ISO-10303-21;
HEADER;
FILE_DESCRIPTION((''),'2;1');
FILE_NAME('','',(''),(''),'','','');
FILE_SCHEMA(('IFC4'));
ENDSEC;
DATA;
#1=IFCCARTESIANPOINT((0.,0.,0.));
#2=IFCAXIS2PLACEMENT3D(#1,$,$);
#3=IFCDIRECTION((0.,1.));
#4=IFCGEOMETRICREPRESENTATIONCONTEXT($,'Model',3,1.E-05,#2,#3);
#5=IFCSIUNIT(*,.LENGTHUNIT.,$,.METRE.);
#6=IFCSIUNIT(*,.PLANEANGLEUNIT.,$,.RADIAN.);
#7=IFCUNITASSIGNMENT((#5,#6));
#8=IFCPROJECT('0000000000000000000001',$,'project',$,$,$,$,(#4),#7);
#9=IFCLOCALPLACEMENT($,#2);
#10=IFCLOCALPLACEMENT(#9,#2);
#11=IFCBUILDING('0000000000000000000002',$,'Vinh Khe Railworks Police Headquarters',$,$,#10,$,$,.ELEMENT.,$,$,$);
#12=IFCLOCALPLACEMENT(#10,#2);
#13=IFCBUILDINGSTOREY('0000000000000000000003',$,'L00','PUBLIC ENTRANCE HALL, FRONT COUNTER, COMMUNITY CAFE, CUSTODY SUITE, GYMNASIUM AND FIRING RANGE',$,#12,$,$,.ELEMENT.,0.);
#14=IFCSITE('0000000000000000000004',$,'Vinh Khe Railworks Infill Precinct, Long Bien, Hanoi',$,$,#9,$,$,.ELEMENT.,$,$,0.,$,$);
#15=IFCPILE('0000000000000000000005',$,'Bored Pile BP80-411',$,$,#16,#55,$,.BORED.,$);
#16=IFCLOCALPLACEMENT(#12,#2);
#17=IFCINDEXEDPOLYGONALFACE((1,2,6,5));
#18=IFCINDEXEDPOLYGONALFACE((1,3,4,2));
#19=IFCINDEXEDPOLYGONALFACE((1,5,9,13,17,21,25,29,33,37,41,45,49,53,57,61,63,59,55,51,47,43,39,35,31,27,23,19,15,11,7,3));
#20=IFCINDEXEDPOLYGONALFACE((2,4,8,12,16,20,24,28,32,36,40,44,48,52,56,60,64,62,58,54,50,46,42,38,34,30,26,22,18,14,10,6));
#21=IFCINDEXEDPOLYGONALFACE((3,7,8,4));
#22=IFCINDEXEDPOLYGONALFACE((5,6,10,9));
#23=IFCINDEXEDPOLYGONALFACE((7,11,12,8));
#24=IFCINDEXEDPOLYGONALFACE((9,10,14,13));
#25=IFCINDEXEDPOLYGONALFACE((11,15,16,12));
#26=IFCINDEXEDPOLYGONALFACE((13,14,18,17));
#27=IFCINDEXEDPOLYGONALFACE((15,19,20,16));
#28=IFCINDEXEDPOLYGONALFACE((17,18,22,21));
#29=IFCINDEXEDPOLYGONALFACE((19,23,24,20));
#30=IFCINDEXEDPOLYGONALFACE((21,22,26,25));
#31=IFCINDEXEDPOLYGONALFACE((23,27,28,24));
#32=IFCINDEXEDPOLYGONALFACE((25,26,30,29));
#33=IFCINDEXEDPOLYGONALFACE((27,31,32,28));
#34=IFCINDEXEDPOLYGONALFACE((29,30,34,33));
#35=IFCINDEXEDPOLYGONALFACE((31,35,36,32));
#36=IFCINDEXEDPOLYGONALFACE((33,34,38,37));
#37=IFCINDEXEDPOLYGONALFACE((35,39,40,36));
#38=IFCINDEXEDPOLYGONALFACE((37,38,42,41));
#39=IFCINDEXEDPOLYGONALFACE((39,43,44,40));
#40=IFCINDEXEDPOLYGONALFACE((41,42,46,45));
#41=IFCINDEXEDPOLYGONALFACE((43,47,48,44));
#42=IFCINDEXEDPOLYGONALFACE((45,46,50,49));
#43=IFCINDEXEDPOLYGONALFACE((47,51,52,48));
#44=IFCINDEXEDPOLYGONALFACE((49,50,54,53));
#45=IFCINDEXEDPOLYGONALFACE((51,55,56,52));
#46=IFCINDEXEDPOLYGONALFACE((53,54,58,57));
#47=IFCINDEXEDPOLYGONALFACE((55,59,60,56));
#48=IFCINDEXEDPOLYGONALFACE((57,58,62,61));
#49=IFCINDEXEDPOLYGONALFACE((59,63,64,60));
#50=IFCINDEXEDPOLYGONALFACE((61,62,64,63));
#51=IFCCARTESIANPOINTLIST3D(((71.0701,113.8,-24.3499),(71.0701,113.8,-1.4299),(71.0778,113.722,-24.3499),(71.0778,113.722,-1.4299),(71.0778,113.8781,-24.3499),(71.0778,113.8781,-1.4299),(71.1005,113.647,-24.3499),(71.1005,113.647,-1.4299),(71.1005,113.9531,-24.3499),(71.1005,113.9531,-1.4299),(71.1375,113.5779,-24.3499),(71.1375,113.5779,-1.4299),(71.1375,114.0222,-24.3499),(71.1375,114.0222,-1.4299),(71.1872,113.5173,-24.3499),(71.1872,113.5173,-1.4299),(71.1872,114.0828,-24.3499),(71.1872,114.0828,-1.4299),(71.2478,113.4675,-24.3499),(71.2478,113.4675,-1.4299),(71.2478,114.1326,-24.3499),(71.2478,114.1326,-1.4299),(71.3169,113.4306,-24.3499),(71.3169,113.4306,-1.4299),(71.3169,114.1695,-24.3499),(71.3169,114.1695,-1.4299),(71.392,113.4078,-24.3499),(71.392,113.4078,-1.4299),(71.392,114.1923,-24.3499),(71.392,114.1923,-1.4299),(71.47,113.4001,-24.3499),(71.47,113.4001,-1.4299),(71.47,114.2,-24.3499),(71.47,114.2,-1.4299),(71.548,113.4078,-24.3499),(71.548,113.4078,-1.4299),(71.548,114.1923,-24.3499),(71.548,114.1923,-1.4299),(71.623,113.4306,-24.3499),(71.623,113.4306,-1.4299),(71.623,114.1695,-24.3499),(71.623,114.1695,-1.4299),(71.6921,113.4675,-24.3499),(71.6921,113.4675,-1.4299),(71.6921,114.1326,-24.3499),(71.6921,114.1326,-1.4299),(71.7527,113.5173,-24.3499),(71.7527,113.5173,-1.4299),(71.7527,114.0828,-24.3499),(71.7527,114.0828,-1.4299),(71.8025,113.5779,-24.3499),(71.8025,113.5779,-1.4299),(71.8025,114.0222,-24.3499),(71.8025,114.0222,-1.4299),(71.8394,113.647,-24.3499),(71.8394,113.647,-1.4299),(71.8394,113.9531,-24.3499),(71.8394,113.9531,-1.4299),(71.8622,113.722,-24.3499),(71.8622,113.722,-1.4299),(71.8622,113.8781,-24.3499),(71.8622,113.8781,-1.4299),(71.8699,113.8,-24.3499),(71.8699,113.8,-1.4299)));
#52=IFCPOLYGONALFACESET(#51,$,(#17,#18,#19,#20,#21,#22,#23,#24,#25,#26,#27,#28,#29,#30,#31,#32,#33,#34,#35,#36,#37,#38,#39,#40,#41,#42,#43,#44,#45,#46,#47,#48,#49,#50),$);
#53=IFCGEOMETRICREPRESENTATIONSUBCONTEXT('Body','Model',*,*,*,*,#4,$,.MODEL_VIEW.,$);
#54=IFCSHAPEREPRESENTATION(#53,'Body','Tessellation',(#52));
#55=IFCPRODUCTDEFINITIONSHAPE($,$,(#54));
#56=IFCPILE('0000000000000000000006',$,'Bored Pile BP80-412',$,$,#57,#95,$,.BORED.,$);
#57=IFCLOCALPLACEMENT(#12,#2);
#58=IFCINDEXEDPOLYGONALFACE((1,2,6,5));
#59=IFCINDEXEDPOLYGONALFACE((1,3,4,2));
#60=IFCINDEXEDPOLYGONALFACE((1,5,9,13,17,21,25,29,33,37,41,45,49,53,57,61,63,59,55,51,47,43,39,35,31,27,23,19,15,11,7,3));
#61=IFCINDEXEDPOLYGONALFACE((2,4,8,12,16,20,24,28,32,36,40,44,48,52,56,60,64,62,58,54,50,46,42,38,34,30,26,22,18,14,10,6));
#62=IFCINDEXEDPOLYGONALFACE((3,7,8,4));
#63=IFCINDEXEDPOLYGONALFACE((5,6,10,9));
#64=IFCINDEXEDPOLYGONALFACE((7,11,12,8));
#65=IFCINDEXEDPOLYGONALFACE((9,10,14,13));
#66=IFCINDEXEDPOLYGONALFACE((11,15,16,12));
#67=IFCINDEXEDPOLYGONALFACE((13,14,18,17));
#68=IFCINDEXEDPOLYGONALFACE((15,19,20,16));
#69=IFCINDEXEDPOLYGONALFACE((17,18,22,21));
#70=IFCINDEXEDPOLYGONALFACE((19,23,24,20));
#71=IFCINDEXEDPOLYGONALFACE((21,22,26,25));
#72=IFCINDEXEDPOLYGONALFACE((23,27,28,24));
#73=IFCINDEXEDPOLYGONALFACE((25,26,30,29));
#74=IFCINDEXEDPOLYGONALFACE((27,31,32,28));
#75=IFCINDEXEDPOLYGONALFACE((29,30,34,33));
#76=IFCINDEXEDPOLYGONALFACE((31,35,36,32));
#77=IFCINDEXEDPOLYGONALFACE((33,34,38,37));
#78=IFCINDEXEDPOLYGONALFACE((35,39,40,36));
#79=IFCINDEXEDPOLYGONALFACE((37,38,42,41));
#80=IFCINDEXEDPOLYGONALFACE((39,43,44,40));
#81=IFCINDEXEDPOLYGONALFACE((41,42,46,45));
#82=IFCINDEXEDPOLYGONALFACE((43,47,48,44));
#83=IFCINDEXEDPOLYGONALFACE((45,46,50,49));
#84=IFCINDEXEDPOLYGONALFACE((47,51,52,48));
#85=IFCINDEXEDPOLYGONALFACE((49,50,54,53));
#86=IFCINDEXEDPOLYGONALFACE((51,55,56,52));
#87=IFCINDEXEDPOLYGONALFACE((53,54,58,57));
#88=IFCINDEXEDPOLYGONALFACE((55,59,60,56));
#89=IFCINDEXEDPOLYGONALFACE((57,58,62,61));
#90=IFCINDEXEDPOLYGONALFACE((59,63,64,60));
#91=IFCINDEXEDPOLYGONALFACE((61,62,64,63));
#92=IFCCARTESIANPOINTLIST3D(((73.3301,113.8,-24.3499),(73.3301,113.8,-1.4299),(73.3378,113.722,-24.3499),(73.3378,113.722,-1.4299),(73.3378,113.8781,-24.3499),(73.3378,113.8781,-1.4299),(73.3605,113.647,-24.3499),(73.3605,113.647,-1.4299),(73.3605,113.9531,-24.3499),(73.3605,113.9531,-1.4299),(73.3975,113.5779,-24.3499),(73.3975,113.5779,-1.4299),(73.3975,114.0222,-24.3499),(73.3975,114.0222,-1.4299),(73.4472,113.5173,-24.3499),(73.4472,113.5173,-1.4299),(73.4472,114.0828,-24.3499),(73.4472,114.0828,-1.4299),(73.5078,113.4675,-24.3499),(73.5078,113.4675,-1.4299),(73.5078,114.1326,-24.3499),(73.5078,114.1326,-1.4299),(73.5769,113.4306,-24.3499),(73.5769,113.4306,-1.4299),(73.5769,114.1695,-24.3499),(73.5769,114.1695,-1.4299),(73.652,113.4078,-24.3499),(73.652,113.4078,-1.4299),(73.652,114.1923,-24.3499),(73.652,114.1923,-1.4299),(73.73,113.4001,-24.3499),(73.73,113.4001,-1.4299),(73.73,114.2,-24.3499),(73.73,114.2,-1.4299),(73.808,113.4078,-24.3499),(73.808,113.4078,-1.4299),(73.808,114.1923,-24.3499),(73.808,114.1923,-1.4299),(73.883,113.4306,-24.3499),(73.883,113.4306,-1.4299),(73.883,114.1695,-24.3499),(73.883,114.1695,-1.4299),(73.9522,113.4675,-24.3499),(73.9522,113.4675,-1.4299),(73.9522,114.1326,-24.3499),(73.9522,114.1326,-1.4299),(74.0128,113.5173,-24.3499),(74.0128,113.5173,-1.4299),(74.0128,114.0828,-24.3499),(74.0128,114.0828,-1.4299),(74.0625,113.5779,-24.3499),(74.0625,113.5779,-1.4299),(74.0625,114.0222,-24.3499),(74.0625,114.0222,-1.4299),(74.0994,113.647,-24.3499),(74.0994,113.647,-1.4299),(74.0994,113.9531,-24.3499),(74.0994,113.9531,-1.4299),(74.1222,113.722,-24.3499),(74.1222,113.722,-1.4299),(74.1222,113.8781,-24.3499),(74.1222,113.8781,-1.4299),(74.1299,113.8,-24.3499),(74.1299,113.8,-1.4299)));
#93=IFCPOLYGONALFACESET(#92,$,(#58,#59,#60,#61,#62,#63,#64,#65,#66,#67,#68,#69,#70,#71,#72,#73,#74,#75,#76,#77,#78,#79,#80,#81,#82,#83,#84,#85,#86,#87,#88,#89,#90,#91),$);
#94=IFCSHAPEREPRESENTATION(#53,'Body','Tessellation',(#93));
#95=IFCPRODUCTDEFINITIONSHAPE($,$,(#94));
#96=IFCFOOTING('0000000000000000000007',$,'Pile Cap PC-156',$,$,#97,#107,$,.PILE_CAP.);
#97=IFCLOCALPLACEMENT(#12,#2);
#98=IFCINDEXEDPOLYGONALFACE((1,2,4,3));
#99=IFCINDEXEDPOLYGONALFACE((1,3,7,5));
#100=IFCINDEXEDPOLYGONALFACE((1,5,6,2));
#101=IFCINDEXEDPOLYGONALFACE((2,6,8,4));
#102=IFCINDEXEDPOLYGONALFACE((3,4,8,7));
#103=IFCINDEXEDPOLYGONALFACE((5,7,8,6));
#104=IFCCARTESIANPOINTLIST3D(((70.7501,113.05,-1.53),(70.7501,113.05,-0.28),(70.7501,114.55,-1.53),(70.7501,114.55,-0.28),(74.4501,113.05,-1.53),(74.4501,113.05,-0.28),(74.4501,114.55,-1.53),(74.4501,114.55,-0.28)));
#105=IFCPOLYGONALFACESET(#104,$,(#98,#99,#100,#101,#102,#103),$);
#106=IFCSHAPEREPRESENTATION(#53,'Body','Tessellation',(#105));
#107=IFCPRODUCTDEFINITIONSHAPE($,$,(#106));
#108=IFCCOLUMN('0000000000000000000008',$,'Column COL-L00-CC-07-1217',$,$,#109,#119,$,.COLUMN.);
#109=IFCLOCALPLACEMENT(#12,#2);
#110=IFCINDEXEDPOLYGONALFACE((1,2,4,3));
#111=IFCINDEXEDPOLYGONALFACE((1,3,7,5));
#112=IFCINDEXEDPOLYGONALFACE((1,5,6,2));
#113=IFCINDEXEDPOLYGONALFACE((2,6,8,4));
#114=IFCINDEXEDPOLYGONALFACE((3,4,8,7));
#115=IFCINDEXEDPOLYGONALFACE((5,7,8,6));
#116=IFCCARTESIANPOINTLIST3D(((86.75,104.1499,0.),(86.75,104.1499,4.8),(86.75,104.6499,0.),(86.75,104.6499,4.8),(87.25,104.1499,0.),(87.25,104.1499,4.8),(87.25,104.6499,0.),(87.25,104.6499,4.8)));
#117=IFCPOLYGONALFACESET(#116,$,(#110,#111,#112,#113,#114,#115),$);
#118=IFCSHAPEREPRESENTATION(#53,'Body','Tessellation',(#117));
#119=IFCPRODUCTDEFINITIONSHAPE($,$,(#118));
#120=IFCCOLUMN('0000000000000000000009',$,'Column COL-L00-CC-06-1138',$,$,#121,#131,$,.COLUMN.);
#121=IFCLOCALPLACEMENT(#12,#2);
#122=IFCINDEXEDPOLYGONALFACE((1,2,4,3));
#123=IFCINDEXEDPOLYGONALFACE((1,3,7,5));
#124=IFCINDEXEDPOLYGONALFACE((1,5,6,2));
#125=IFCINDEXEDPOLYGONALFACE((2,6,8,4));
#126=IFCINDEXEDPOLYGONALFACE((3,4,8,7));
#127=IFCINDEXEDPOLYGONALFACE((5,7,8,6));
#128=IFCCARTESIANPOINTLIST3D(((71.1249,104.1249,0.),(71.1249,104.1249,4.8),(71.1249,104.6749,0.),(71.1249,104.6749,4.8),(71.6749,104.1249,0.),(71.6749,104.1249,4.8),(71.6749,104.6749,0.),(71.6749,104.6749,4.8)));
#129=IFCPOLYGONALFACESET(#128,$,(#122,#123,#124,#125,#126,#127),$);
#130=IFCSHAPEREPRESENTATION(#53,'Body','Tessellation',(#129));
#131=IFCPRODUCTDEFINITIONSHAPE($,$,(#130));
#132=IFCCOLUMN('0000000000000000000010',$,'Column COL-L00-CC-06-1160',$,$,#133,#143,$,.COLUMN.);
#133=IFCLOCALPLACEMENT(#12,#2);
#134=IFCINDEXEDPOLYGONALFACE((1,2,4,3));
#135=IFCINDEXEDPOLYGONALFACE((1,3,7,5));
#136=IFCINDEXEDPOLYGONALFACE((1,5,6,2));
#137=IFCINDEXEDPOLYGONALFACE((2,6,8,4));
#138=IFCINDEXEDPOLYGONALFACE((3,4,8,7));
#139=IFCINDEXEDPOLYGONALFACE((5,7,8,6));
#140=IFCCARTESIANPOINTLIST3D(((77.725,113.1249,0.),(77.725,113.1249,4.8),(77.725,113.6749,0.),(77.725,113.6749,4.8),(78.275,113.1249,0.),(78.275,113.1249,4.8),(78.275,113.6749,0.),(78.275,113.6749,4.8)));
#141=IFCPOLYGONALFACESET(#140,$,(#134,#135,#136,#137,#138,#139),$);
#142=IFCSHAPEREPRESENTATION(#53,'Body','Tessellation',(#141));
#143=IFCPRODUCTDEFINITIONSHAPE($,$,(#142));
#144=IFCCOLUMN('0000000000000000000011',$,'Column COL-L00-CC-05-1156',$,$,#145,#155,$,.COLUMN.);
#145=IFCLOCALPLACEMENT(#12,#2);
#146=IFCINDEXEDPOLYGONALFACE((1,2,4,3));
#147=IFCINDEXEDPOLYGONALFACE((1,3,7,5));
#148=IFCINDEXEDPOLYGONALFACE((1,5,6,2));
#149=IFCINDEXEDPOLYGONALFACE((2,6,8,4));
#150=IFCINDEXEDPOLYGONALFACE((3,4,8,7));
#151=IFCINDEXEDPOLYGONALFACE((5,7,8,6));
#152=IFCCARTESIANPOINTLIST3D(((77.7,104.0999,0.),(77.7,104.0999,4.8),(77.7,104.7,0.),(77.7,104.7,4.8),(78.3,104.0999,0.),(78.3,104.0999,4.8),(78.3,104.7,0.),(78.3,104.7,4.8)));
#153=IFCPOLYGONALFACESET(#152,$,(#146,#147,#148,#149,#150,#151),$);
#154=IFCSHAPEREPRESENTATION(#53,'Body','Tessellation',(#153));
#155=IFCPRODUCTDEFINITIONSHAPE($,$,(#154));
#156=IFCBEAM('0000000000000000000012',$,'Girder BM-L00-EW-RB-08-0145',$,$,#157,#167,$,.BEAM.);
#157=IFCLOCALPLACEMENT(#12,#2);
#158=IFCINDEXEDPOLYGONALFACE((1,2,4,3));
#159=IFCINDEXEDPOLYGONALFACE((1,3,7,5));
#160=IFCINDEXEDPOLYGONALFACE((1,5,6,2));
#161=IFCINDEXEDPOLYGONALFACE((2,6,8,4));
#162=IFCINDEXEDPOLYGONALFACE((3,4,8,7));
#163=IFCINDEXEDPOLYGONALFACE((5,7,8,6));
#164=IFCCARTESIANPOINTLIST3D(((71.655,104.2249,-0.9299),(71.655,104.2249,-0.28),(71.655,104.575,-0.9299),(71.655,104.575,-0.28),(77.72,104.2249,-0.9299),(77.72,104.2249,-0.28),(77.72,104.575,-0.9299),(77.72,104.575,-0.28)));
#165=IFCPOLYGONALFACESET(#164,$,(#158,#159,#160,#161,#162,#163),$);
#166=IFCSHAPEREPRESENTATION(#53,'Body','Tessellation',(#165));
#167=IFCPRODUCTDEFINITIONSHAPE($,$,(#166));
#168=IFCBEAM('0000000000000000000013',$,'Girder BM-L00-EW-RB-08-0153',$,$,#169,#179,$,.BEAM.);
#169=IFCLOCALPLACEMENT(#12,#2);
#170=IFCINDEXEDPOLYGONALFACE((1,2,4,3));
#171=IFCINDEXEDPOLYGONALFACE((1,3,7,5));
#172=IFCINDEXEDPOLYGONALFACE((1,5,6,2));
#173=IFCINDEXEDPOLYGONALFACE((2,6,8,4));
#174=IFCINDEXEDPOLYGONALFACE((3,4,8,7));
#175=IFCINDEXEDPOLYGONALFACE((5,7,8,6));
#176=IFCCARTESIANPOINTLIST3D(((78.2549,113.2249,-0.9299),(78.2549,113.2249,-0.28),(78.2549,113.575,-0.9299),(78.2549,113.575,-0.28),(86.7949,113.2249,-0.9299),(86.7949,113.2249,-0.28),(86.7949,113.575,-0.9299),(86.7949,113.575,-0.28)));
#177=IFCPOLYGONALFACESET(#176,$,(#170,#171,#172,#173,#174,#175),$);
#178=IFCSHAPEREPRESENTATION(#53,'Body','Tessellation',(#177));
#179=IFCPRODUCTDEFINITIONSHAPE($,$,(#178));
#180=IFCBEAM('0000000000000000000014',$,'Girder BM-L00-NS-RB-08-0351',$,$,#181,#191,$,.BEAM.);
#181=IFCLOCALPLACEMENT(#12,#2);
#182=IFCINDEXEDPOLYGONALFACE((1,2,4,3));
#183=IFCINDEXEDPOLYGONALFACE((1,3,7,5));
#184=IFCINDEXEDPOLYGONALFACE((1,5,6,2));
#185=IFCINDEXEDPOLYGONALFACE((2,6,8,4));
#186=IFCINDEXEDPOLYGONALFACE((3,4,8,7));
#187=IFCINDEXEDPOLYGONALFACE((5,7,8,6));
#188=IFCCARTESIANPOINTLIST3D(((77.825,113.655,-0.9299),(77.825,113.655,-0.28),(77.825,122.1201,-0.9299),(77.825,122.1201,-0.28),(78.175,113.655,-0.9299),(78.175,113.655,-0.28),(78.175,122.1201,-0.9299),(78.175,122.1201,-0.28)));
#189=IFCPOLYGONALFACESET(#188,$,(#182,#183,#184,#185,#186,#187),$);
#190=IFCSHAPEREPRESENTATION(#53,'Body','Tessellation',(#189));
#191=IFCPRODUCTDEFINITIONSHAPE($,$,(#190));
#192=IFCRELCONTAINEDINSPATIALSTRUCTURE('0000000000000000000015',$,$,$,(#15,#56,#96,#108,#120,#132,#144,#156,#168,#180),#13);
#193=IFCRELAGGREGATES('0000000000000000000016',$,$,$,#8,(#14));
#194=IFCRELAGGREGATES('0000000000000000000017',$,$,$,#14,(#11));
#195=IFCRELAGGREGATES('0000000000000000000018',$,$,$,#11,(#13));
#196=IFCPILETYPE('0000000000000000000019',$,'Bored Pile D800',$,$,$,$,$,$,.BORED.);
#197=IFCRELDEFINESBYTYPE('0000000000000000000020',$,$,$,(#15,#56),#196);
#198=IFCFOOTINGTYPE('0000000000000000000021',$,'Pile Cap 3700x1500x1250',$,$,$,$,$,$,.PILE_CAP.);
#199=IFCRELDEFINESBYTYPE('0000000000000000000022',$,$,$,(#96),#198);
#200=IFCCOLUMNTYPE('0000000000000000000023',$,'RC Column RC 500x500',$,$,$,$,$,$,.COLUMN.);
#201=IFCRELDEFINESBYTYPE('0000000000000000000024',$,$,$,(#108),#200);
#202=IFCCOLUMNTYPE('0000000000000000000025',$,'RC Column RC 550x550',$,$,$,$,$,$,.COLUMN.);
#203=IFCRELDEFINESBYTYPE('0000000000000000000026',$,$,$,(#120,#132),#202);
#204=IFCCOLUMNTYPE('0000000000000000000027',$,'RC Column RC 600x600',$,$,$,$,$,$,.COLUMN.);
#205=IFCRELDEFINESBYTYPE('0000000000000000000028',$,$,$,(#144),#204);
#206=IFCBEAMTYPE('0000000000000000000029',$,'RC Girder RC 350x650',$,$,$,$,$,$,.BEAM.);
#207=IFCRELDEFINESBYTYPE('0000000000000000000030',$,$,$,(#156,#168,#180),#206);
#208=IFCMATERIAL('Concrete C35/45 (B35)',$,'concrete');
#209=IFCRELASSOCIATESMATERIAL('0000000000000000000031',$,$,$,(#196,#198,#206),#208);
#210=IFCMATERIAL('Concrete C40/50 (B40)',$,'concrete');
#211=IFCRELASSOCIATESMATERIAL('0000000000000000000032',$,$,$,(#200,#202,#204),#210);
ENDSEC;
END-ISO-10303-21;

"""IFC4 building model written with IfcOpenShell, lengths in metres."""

from ifc_helpers import new_model, si_unit, direction, frame, origin, origin_2d, place, context, subcontext, project, spatial, rectangle, circle, extrude, material, material_profile, profile_set, type_object, element, save


model = new_model("IFC4")

# Units and contexts
model_context = context("Model", 3, precision=1e-05, world=origin(), true_north=direction((0.0, 1.0)))
body_context = subcontext(model_context, "Body", "Model", "MODEL_VIEW")
ifc_project = project(units=[si_unit("LENGTHUNIT", "METRE"), si_unit("PLANEANGLEUNIT", "RADIAN")], contexts=[model_context])

# Site, building, storey
site_placement = place(None, origin())
site = spatial("IfcSite", under=ifc_project, at=site_placement, Name="Vinh Khe Railworks Infill Precinct, Long Bien, Hanoi", CompositionType="ELEMENT", RefElevation=0.0)
building_placement = place(site_placement, origin())
building = spatial("IfcBuilding", under=site, at=building_placement, Name="Vinh Khe Railworks Police Headquarters", CompositionType="ELEMENT")
storey_placement = place(building_placement, origin())
storey = spatial("IfcBuildingStorey", under=building, at=storey_placement, Name="L00", Description="PUBLIC ENTRANCE HALL, FRONT COUNTER, COMMUNITY CAFE, CUSTODY SUITE, GYMNASIUM AND FIRING RANGE", CompositionType="ELEMENT", Elevation=0.0)

# Piles
ifc_material_1 = material(Name="Concrete C35/45 (B35)", Category="concrete")
ifc_material_profile_1 = material_profile(ifc_material_1, circle(Radius=0.3999, at=origin_2d()), Name="BORED PILE D800")
ifc_profile_set_1 = profile_set([ifc_material_profile_1], Name="Concrete C35/45 (B35)")
pile_type = type_object("IfcPileType", Name="Bored Pile D800", PredefinedType="BORED", material=ifc_profile_set_1)
for number, where, z_axis, x_axis, name in (
    (1, (71.47, 113.8, -1.4299), (0.0, 0.0, -1.0), (1.0, 0.0, 0.0), "Bored Pile BP80-411"),
    (2, (73.73, 113.8, -1.4299), (0.0, 0.0, -1.0), (1.0, 0.0, 0.0), "Bored Pile BP80-412"),
):
    element("IfcPile", number, at=place(storey_placement, frame(where, z_axis=z_axis, x_axis=x_axis)), inside=storey, type_object=pile_type, Name=name, PredefinedType="BORED", context=body_context, shape_type="SweptSolid", body=[
        extrude(circle(Radius=0.3999, at=origin_2d()), origin(), (0.0, 0.0, 1.0), 22.9199),
    ])

# Footing
footing_type = type_object("IfcFootingType", Name="Pile Cap 3700x1500x1250", PredefinedType="PILE_CAP", material=ifc_material_1)
footing_placement = place(storey_placement, frame((72.6001, 113.8, -1.53), z_axis=(0.0, 0.0, 1.0), x_axis=(1.0, 0.0, 0.0)))
element("IfcFooting", 3, at=footing_placement, inside=storey, type_object=footing_type, Name="Pile Cap PC-156", PredefinedType="PILE_CAP", context=body_context, shape_type="SweptSolid", body=[
    extrude(rectangle(XDim=3.7, YDim=1.5, at=origin_2d()), origin(), (0.0, 0.0, 1.0), 1.25),
])

# Columns
ifc_material_2 = material(Name="Concrete C40/50 (B40)", Category="concrete")
ifc_material_profile_2 = material_profile(ifc_material_2, rectangle(XDim=0.5, YDim=0.5, at=origin_2d()), Name="RC 500x500")
ifc_profile_set_2 = profile_set([ifc_material_profile_2], Name="Concrete C40/50 (B40)")
column_type_1 = type_object("IfcColumnType", Name="RC Column RC 500x500", PredefinedType="COLUMN", material=ifc_profile_set_2)
column_1_placement = place(storey_placement, frame((87.0, 104.3999, 0.0), z_axis=(0.0, 0.0, 1.0), x_axis=(1.0, 0.0, 0.0)))
element("IfcColumn", 4, at=column_1_placement, inside=storey, type_object=column_type_1, Name="Column COL-L00-CC-07-1217", PredefinedType="COLUMN", context=body_context, shape_type="SweptSolid", body=[
    extrude(rectangle(XDim=0.5, YDim=0.5, at=origin_2d()), origin(), (0.0, 0.0, 1.0), 4.8),
])
ifc_material_profile_3 = material_profile(ifc_material_2, rectangle(XDim=0.55, YDim=0.55, at=origin_2d()), Name="RC 550x550")
ifc_profile_set_3 = profile_set([ifc_material_profile_3], Name="Concrete C40/50 (B40)")
column_type_2 = type_object("IfcColumnType", Name="RC Column RC 550x550", PredefinedType="COLUMN", material=ifc_profile_set_3)
for number, where, z_axis, x_axis, name in (
    (5, (71.3999, 104.3999, 0.0), (0.0, 0.0, 1.0), (1.0, 0.0, 0.0), "Column COL-L00-CC-06-1138"),
    (6, (78.0, 113.3999, 0.0), (0.0, 0.0, 1.0), (1.0, 0.0, 0.0), "Column COL-L00-CC-06-1160"),
):
    element("IfcColumn", number, at=place(storey_placement, frame(where, z_axis=z_axis, x_axis=x_axis)), inside=storey, type_object=column_type_2, Name=name, PredefinedType="COLUMN", context=body_context, shape_type="SweptSolid", body=[
        extrude(rectangle(XDim=0.55, YDim=0.55, at=origin_2d()), origin(), (0.0, 0.0, 1.0), 4.8),
    ])
ifc_material_profile_4 = material_profile(ifc_material_2, rectangle(XDim=0.6001, YDim=0.6001, at=origin_2d()), Name="RC 600x600")
ifc_profile_set_4 = profile_set([ifc_material_profile_4], Name="Concrete C40/50 (B40)")
column_type_3 = type_object("IfcColumnType", Name="RC Column RC 600x600", PredefinedType="COLUMN", material=ifc_profile_set_4)
column_2_placement = place(storey_placement, frame((78.0, 104.3999, 0.0), z_axis=(0.0, 0.0, 1.0), x_axis=(1.0, 0.0, 0.0)))
element("IfcColumn", 7, at=column_2_placement, inside=storey, type_object=column_type_3, Name="Column COL-L00-CC-05-1156", PredefinedType="COLUMN", context=body_context, shape_type="SweptSolid", body=[
    extrude(rectangle(XDim=0.6001, YDim=0.6001, at=origin_2d()), origin(), (0.0, 0.0, 1.0), 4.8),
])

# Beams
ifc_material_profile_5 = material_profile(ifc_material_1, rectangle(XDim=0.3501, YDim=0.6499, at=origin_2d()), Name="RC 350x650")
ifc_profile_set_5 = profile_set([ifc_material_profile_5], Name="Concrete C35/45 (B35)")
beam_type_1 = type_object("IfcBeamType", Name="RC Girder RC 350x650", PredefinedType="BEAM", material=ifc_profile_set_5)
beam_1_placement = place(storey_placement, frame((71.655, 104.3999, -0.605), z_axis=(1.0, 0.0, 0.0), x_axis=(0.0, 1.0, 0.0)))
element("IfcBeam", 8, at=beam_1_placement, inside=storey, type_object=beam_type_1, Name="Girder BM-L00-EW-RB-08-0145", PredefinedType="BEAM", context=body_context, shape_type="SweptSolid", body=[
    extrude(rectangle(XDim=0.3501, YDim=0.6499, at=origin_2d()), origin(), (0.0, 0.0, 1.0), 6.0649),
])
beam_2_placement = place(storey_placement, frame((78.2549, 113.3999, -0.605), z_axis=(1.0, 0.0, 0.0), x_axis=(0.0, 1.0, 0.0)))
element("IfcBeam", 9, at=beam_2_placement, inside=storey, type_object=beam_type_1, Name="Girder BM-L00-EW-RB-08-0153", PredefinedType="BEAM", context=body_context, shape_type="SweptSolid", body=[
    extrude(rectangle(XDim=0.3501, YDim=0.6499, at=origin_2d()), origin(), (0.0, 0.0, 1.0), 8.54),
])
beam_3_placement = place(storey_placement, frame((78.0, 113.655, -0.605), z_axis=(0.0, 1.0, 0.0), x_axis=(-1.0, 0.0, 0.0)))
element("IfcBeam", 10, at=beam_3_placement, inside=storey, type_object=beam_type_1, Name="Girder BM-L00-NS-RB-08-0351", PredefinedType="BEAM", context=body_context, shape_type="SweptSolid", body=[
    extrude(rectangle(XDim=0.3501, YDim=0.6499, at=origin_2d()), origin(), (0.0, 0.0, 1.0), 8.4651),
])

save(model, "model.ifc")
